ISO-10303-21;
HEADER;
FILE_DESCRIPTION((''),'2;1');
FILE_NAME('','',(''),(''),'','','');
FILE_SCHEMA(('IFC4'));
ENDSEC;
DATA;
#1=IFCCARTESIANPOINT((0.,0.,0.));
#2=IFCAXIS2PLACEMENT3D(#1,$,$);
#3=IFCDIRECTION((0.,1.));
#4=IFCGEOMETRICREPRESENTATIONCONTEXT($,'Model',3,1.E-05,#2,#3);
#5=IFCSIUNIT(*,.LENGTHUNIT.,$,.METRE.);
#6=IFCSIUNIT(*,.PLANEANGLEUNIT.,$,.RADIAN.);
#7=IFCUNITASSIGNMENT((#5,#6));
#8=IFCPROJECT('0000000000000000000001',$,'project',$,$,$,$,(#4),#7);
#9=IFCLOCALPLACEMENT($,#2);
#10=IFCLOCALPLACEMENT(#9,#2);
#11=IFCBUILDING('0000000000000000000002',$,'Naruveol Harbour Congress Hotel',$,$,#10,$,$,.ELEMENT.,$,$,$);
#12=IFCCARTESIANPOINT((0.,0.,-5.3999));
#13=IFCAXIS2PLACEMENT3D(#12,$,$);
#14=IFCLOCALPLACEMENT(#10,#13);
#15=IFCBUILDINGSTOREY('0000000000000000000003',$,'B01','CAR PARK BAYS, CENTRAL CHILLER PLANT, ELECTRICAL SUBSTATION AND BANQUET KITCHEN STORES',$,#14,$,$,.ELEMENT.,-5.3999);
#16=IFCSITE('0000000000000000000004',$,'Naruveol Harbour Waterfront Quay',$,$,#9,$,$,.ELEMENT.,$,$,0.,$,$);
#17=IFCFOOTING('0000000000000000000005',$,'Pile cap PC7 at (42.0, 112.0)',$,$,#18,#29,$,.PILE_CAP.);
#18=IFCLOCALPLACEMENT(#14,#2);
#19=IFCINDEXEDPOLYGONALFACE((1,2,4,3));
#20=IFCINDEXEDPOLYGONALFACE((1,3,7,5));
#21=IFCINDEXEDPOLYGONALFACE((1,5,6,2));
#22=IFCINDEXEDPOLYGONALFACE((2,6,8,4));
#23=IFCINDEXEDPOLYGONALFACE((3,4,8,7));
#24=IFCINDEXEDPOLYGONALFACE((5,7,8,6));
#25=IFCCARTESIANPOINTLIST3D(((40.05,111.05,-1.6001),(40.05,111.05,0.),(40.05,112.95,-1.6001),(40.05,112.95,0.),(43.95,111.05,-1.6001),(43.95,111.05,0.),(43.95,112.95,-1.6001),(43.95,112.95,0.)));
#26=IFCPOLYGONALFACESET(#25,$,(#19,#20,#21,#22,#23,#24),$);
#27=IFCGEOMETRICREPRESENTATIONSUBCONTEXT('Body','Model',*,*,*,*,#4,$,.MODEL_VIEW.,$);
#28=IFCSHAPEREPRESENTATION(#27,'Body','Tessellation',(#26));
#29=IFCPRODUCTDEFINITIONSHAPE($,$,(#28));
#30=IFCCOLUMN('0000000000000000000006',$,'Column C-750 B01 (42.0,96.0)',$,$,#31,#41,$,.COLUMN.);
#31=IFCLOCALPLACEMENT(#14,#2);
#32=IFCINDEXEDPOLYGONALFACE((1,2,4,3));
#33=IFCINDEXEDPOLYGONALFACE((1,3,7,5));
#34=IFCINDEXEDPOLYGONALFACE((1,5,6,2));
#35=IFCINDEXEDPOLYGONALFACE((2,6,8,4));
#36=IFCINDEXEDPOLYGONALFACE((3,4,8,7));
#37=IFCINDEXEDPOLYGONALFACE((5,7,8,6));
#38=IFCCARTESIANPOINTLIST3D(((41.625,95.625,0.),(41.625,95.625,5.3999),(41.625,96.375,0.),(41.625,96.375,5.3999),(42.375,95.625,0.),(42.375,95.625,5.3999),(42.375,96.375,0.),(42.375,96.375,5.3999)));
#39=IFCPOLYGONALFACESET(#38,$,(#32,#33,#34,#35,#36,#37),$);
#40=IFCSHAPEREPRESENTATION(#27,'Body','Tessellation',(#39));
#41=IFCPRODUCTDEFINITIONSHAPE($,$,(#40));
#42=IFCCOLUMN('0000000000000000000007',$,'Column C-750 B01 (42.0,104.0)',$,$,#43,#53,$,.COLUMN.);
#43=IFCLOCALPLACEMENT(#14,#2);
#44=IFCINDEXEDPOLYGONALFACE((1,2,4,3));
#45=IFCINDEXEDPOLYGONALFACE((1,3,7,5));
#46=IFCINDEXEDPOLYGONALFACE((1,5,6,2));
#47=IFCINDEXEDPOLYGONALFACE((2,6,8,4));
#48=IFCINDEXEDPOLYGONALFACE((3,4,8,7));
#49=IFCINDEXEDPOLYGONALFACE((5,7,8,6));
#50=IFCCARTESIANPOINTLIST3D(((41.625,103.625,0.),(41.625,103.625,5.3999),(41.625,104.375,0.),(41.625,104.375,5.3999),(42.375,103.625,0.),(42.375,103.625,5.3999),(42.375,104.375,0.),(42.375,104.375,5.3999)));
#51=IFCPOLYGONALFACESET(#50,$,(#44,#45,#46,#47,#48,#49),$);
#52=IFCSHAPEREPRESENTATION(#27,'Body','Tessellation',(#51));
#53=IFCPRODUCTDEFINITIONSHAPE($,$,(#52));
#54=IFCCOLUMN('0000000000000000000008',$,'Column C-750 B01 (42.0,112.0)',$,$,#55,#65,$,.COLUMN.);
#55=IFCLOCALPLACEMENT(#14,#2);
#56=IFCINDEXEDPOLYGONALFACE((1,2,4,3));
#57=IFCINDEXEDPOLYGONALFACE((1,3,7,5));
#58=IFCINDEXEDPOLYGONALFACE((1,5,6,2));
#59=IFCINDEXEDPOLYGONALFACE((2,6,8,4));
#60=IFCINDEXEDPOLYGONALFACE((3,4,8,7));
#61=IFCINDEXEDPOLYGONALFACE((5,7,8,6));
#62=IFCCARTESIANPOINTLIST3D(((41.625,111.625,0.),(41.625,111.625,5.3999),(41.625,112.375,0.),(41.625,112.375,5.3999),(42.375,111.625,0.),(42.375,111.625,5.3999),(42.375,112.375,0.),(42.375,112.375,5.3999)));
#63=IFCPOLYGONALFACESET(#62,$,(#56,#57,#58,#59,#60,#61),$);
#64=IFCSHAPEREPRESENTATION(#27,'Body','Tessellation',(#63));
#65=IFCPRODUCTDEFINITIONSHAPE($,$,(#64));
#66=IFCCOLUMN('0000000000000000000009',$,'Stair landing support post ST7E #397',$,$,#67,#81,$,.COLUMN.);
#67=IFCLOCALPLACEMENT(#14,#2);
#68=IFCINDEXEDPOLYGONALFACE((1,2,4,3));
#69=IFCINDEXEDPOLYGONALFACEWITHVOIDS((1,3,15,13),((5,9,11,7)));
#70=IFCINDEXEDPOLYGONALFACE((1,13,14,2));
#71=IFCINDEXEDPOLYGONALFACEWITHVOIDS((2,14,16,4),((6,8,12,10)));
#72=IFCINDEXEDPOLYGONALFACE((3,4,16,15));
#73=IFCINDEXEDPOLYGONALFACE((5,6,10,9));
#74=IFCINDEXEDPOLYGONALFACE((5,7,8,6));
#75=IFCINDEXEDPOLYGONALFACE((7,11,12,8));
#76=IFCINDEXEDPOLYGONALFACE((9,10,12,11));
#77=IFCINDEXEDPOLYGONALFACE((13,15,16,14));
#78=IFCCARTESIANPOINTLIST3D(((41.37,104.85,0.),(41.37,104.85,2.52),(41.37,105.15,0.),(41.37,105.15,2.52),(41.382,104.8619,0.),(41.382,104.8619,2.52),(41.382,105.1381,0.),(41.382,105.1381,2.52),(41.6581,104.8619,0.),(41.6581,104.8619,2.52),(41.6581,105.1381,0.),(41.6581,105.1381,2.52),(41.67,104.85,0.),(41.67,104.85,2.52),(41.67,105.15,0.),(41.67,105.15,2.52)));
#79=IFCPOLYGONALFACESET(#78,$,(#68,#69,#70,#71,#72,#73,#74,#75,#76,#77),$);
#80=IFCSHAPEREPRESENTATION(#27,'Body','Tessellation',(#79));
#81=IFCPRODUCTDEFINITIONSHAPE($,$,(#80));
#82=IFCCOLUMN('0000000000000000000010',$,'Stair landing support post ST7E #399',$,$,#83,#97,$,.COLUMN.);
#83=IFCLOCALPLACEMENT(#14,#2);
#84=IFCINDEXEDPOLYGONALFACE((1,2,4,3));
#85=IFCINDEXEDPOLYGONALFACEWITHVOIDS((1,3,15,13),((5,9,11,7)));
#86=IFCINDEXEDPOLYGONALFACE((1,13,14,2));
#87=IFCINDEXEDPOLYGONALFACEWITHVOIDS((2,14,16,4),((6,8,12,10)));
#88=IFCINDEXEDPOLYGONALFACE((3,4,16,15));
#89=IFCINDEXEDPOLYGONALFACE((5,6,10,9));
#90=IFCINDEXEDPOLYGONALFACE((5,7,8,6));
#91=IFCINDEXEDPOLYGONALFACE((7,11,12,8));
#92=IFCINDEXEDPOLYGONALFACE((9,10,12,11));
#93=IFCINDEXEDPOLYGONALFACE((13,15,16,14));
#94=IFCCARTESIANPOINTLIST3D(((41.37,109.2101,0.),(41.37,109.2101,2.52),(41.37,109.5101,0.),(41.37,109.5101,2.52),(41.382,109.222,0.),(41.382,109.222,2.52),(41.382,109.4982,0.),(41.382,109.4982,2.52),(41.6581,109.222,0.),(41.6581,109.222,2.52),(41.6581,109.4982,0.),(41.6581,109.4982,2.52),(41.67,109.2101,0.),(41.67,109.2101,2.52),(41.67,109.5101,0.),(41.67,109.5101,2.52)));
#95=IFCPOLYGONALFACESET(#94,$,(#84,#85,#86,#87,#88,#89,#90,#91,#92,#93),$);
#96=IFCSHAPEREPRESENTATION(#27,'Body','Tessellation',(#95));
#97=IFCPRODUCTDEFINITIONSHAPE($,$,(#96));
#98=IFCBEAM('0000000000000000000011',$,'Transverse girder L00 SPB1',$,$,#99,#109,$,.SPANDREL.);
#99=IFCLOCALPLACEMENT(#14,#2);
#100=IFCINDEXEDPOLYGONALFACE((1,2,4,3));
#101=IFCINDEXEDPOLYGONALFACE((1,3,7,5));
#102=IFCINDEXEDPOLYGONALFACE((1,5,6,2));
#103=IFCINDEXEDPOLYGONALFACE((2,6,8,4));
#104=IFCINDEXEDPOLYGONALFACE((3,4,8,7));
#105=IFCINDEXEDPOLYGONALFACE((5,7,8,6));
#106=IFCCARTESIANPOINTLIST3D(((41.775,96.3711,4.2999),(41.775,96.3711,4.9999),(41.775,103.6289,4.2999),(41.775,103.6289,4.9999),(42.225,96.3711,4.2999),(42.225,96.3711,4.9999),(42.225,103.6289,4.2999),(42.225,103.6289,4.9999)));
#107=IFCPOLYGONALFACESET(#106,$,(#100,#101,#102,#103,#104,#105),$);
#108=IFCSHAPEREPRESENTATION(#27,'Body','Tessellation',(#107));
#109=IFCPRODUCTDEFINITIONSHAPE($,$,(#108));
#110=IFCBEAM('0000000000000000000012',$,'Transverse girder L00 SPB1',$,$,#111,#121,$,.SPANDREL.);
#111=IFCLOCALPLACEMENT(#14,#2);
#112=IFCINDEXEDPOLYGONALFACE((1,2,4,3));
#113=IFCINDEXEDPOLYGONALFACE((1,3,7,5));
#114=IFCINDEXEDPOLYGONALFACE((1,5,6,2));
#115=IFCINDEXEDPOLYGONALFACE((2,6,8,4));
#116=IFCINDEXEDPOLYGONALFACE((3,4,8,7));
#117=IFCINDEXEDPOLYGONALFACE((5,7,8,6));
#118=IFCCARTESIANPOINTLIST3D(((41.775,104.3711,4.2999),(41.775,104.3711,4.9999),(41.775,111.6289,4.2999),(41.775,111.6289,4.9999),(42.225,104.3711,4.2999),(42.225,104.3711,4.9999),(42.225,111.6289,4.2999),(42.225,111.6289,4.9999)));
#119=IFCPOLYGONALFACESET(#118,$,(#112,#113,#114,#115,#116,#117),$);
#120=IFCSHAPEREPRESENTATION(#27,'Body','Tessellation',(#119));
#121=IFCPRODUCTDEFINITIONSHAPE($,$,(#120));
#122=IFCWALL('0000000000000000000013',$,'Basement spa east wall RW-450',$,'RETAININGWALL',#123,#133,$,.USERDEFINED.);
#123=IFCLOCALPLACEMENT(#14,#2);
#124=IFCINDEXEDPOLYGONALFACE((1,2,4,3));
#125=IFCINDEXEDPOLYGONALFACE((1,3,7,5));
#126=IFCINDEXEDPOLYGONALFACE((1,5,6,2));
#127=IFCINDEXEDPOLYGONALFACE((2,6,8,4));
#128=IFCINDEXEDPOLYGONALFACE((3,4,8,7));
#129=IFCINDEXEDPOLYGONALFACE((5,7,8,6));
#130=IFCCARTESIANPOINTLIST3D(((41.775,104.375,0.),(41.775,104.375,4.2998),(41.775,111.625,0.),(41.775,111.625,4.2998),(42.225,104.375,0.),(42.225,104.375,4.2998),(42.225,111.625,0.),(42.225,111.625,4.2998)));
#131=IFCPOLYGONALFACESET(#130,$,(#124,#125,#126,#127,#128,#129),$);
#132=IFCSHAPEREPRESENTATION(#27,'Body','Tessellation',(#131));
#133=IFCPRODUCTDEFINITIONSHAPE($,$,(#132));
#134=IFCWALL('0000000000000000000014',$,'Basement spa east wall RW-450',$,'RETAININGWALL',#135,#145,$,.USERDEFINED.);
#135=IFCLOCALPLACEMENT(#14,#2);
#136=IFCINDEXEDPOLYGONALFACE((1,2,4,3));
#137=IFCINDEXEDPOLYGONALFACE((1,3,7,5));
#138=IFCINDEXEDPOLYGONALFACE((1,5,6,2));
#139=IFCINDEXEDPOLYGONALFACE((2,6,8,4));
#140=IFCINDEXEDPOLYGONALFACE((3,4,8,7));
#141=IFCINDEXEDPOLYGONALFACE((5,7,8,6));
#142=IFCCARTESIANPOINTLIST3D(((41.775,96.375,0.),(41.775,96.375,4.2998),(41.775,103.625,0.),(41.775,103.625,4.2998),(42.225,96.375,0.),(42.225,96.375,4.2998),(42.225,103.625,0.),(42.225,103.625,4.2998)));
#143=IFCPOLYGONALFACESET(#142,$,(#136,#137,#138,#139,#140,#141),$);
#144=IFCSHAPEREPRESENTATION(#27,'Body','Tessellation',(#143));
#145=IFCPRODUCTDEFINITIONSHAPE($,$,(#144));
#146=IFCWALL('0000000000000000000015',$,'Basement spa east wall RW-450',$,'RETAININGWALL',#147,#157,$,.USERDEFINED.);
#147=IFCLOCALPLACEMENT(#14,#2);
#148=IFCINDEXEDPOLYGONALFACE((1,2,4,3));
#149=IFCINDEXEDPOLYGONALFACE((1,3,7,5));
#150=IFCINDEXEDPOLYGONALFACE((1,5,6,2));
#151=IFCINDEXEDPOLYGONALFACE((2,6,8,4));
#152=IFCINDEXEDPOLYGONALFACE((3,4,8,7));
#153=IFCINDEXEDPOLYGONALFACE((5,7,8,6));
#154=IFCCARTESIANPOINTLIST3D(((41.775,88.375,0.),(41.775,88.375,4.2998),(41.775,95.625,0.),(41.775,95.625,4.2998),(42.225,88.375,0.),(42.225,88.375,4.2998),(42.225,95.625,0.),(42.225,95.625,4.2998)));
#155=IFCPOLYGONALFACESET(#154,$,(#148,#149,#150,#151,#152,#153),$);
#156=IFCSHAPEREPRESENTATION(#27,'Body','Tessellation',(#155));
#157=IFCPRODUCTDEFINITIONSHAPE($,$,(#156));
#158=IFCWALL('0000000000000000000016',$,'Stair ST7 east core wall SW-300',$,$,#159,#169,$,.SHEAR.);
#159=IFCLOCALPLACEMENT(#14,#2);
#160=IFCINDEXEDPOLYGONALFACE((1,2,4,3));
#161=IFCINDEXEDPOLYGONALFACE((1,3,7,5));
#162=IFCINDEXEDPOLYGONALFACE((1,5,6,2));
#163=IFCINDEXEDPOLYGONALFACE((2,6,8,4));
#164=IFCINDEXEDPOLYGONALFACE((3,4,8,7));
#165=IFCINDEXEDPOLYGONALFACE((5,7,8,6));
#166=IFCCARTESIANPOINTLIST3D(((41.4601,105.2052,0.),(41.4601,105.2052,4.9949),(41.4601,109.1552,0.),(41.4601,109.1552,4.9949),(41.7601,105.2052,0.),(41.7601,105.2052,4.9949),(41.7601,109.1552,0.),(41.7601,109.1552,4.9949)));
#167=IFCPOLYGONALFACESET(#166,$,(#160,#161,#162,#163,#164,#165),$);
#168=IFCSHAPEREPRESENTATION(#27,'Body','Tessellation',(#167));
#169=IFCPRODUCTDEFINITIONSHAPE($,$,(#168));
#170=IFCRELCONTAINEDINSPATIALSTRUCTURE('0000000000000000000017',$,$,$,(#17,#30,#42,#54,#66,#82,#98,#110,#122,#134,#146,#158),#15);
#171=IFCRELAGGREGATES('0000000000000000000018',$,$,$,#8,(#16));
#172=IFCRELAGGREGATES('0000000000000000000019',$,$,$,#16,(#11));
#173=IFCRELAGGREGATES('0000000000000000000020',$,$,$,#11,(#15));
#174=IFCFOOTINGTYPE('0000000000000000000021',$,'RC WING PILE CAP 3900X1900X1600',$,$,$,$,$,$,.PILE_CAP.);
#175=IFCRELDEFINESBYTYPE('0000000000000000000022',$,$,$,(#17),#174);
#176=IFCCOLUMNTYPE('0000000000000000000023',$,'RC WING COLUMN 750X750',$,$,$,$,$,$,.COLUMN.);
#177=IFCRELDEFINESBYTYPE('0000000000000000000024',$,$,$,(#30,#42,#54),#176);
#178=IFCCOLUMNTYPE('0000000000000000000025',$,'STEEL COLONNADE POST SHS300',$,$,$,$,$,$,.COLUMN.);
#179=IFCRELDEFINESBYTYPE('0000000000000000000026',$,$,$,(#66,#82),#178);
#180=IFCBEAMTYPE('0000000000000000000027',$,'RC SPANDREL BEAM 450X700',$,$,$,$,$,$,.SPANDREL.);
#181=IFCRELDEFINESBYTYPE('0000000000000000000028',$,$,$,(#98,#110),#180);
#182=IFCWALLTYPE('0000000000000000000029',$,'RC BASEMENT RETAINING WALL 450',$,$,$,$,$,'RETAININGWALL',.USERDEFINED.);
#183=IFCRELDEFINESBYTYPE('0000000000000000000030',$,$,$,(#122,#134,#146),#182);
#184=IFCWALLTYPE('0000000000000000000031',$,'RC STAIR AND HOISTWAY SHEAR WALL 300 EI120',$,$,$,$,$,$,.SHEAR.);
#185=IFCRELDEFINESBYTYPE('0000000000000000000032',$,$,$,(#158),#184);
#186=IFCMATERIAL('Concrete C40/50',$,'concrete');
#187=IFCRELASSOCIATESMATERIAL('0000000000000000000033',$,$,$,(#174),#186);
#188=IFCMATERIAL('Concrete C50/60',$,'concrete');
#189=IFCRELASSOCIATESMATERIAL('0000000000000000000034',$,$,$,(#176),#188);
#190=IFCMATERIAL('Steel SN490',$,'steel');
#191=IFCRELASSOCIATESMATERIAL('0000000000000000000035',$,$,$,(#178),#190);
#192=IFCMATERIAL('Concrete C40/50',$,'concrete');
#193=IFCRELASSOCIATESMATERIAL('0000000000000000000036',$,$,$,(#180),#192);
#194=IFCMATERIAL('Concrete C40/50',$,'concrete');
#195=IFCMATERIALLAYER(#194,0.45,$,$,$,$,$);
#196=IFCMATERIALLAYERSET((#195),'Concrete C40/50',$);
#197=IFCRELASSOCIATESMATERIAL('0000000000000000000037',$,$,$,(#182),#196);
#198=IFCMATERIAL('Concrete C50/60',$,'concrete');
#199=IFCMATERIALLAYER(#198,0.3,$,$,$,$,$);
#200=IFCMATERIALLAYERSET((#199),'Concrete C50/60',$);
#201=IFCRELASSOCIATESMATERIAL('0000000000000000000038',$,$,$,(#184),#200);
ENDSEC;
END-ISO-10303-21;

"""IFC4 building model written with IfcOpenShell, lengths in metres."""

from ifc_helpers import new_model, si_unit, direction, frame, frame_2d, origin, origin_2d, place, context, subcontext, project, spatial, rectangle, hollow_rectangle, extrude, material, layer, layer_set, material_profile, profile_set, type_object, element, save


model = new_model("IFC4")

# Units and contexts
model_context = context("Model", 3, precision=1e-05, world=origin(), true_north=direction((0.0, 1.0)))
body_context = subcontext(model_context, "Body", "Model", "MODEL_VIEW")
ifc_project = project(units=[si_unit("LENGTHUNIT", "METRE"), si_unit("PLANEANGLEUNIT", "RADIAN")], contexts=[model_context])

# Site, building, storey
site_placement = place(None, origin())
site = spatial("IfcSite", under=ifc_project, at=site_placement, Name="Naruveol Harbour Waterfront Quay", CompositionType="ELEMENT", RefElevation=0.0)
building_placement = place(site_placement, origin())
building = spatial("IfcBuilding", under=site, at=building_placement, Name="Naruveol Harbour Congress Hotel", CompositionType="ELEMENT")
storey_placement = place(building_placement, frame((0.0, 0.0, -5.3999)))
storey = spatial("IfcBuildingStorey", under=building, at=storey_placement, Name="B01", Description="CAR PARK BAYS, CENTRAL CHILLER PLANT, ELECTRICAL SUBSTATION AND BANQUET KITCHEN STORES", CompositionType="ELEMENT", Elevation=-5.3999)

# Footing
ifc_material_1 = material(Name="Concrete C40/50", Category="concrete")
footing_type_1 = type_object("IfcFootingType", Name="RC WING PILE CAP 3900X1900X1600", PredefinedType="PILE_CAP", material=ifc_material_1)
for number, where, z_axis, x_axis, name in (
    (1, (42.0, 112.0, -1.6001), (0.0, 0.0, 1.0), (1.0, 0.0, 0.0), "Pile cap PC7 at (42.0, 112.0)"),
):
    element("IfcFooting", number, at=place(storey_placement, frame(where, z_axis=z_axis, x_axis=x_axis)), inside=storey, type_object=footing_type_1, Name=name, PredefinedType="PILE_CAP", context=body_context, shape_type="SweptSolid", body=[
        extrude(rectangle(XDim=3.8999, YDim=1.8999, at=origin_2d()), origin(), (0.0, 0.0, 1.0), 1.6001),
    ])

# Columns
ifc_material_2 = material(Name="Concrete C50/60", Category="concrete")
ifc_material_profile_1 = material_profile(ifc_material_2, rectangle(XDim=0.75, YDim=0.75, at=origin_2d()), Name="RC-750x750")
ifc_profile_set_1 = profile_set([ifc_material_profile_1], Name="Concrete C50/60")
column_type_1 = type_object("IfcColumnType", Name="RC WING COLUMN 750X750", PredefinedType="COLUMN", material=ifc_profile_set_1)
for number, where, z_axis, x_axis, name in (
    (2, (42.0, 96.0, 0.0), (0.0, 0.0, 1.0), (1.0, 0.0, 0.0), "Column C-750 B01 (42.0,96.0)"),
    (3, (42.0, 104.0, 0.0), (0.0, 0.0, 1.0), (1.0, 0.0, 0.0), "Column C-750 B01 (42.0,104.0)"),
    (4, (42.0, 112.0, 0.0), (0.0, 0.0, 1.0), (1.0, 0.0, 0.0), "Column C-750 B01 (42.0,112.0)"),
):
    element("IfcColumn", number, at=place(storey_placement, frame(where, z_axis=z_axis, x_axis=x_axis)), inside=storey, type_object=column_type_1, Name=name, PredefinedType="COLUMN", context=body_context, shape_type="SweptSolid", body=[
        extrude(rectangle(XDim=0.75, YDim=0.75, at=origin_2d()), origin(), (0.0, 0.0, 1.0), 5.3999),
    ])
ifc_material_3 = material(Name="Steel SN490", Category="steel")
ifc_material_profile_2 = material_profile(ifc_material_3, hollow_rectangle(XDim=0.3, YDim=0.3, WallThickness=0.012, at=origin_2d()), Name="SHS-300x300x12")
ifc_profile_set_2 = profile_set([ifc_material_profile_2], Name="Steel SN490")
column_type_2 = type_object("IfcColumnType", Name="STEEL COLONNADE POST SHS300", PredefinedType="COLUMN", material=ifc_profile_set_2)
for number, where, z_axis, x_axis, name in (
    (5, (41.52, 105.0, 0.0), (0.0, 0.0, 1.0), (1.0, 0.0, 0.0), "Stair landing support post ST7E #397"),
    (6, (41.52, 109.3601, 0.0), (0.0, 0.0, 1.0), (1.0, 0.0, 0.0), "Stair landing support post ST7E #399"),
):
    element("IfcColumn", number, at=place(storey_placement, frame(where, z_axis=z_axis, x_axis=x_axis)), inside=storey, type_object=column_type_2, Name=name, PredefinedType="COLUMN", context=body_context, shape_type="SweptSolid", body=[
        extrude(hollow_rectangle(XDim=0.3, YDim=0.3, WallThickness=0.012, at=origin_2d()), origin(), (0.0, 0.0, 1.0), 2.52),
    ])

# Beams
ifc_material_4 = material(Name="Concrete C40/50", Category="concrete")
ifc_material_profile_3 = material_profile(ifc_material_4, rectangle(XDim=0.45, YDim=0.7, at=origin_2d()), Name="RCB-450x700")
ifc_profile_set_3 = profile_set([ifc_material_profile_3], Name="Concrete C40/50")
beam_type = type_object("IfcBeamType", Name="RC SPANDREL BEAM 450X700", PredefinedType="SPANDREL", material=ifc_profile_set_3)
for number, where, z_axis, x_axis, name in (
    (7, (42.0, 96.3711, 4.6499), (0.0, 1.0, 0.0), (-1.0, 0.0, 0.0), "Transverse girder L00 SPB1"),
    (8, (42.0, 104.3711, 4.6499), (0.0, 1.0, 0.0), (-1.0, 0.0, 0.0), "Transverse girder L00 SPB1"),
):
    element("IfcBeam", number, at=place(storey_placement, frame(where, z_axis=z_axis, x_axis=x_axis)), inside=storey, type_object=beam_type, Name=name, PredefinedType="SPANDREL", context=body_context, shape_type="SweptSolid", body=[
        extrude(rectangle(XDim=0.45, YDim=0.7, at=origin_2d()), origin(), (0.0, 0.0, 1.0), 7.2578),
    ])

# Walls
ifc_material_5 = material(Name="Concrete C40/50", Category="concrete")
ifc_layer_1 = layer(ifc_material_5, 0.45)
ifc_layer_set_1 = layer_set([ifc_layer_1], Name="Concrete C40/50")
wall_type_1 = type_object("IfcWallType", Name="RC BASEMENT RETAINING WALL 450", ElementType="RETAININGWALL", PredefinedType="USERDEFINED", material=ifc_layer_set_1)
for number, where, z_axis, x_axis, name in (
    (9, (42.0, 111.625, 0.0), (0.0, 0.0, 1.0), (0.0, -1.0, 0.0), "Basement spa east wall RW-450"),
    (10, (42.0, 103.625, 0.0), (0.0, 0.0, 1.0), (0.0, -1.0, 0.0), "Basement spa east wall RW-450"),
    (11, (42.0, 95.625, 0.0), (0.0, 0.0, 1.0), (0.0, -1.0, 0.0), "Basement spa east wall RW-450"),
):
    element("IfcWall", number, at=place(storey_placement, frame(where, z_axis=z_axis, x_axis=x_axis)), inside=storey, type_object=wall_type_1, Name=name, ObjectType="RETAININGWALL", PredefinedType="USERDEFINED", context=body_context, shape_type="SweptSolid", body=[
        extrude(rectangle(XDim=7.25, YDim=0.45, at=frame_2d((3.625, 0.0))), origin(), (0.0, 0.0, 1.0), 4.2998),
    ])
ifc_material_6 = material(Name="Concrete C50/60", Category="concrete")
ifc_layer_2 = layer(ifc_material_6, 0.3)
ifc_layer_set_2 = layer_set([ifc_layer_2], Name="Concrete C50/60")
wall_type_2 = type_object("IfcWallType", Name="RC STAIR AND HOISTWAY SHEAR WALL 300 EI120", PredefinedType="SHEAR", material=ifc_layer_set_2)
wall_placement = place(storey_placement, frame((41.6101, 105.2051, 0.0), z_axis=(0.0, 0.0, 1.0), x_axis=(0.0, 1.0, 0.0)))
element("IfcWall", 12, at=wall_placement, inside=storey, type_object=wall_type_2, Name="Stair ST7 east core wall SW-300", PredefinedType="SHEAR", context=body_context, shape_type="SweptSolid", body=[
    extrude(rectangle(XDim=3.95, YDim=0.3, at=frame_2d((1.9751, 0.0))), origin(), (0.0, 0.0, 1.0), 4.9949),
])

save(model, "model.ifc")
